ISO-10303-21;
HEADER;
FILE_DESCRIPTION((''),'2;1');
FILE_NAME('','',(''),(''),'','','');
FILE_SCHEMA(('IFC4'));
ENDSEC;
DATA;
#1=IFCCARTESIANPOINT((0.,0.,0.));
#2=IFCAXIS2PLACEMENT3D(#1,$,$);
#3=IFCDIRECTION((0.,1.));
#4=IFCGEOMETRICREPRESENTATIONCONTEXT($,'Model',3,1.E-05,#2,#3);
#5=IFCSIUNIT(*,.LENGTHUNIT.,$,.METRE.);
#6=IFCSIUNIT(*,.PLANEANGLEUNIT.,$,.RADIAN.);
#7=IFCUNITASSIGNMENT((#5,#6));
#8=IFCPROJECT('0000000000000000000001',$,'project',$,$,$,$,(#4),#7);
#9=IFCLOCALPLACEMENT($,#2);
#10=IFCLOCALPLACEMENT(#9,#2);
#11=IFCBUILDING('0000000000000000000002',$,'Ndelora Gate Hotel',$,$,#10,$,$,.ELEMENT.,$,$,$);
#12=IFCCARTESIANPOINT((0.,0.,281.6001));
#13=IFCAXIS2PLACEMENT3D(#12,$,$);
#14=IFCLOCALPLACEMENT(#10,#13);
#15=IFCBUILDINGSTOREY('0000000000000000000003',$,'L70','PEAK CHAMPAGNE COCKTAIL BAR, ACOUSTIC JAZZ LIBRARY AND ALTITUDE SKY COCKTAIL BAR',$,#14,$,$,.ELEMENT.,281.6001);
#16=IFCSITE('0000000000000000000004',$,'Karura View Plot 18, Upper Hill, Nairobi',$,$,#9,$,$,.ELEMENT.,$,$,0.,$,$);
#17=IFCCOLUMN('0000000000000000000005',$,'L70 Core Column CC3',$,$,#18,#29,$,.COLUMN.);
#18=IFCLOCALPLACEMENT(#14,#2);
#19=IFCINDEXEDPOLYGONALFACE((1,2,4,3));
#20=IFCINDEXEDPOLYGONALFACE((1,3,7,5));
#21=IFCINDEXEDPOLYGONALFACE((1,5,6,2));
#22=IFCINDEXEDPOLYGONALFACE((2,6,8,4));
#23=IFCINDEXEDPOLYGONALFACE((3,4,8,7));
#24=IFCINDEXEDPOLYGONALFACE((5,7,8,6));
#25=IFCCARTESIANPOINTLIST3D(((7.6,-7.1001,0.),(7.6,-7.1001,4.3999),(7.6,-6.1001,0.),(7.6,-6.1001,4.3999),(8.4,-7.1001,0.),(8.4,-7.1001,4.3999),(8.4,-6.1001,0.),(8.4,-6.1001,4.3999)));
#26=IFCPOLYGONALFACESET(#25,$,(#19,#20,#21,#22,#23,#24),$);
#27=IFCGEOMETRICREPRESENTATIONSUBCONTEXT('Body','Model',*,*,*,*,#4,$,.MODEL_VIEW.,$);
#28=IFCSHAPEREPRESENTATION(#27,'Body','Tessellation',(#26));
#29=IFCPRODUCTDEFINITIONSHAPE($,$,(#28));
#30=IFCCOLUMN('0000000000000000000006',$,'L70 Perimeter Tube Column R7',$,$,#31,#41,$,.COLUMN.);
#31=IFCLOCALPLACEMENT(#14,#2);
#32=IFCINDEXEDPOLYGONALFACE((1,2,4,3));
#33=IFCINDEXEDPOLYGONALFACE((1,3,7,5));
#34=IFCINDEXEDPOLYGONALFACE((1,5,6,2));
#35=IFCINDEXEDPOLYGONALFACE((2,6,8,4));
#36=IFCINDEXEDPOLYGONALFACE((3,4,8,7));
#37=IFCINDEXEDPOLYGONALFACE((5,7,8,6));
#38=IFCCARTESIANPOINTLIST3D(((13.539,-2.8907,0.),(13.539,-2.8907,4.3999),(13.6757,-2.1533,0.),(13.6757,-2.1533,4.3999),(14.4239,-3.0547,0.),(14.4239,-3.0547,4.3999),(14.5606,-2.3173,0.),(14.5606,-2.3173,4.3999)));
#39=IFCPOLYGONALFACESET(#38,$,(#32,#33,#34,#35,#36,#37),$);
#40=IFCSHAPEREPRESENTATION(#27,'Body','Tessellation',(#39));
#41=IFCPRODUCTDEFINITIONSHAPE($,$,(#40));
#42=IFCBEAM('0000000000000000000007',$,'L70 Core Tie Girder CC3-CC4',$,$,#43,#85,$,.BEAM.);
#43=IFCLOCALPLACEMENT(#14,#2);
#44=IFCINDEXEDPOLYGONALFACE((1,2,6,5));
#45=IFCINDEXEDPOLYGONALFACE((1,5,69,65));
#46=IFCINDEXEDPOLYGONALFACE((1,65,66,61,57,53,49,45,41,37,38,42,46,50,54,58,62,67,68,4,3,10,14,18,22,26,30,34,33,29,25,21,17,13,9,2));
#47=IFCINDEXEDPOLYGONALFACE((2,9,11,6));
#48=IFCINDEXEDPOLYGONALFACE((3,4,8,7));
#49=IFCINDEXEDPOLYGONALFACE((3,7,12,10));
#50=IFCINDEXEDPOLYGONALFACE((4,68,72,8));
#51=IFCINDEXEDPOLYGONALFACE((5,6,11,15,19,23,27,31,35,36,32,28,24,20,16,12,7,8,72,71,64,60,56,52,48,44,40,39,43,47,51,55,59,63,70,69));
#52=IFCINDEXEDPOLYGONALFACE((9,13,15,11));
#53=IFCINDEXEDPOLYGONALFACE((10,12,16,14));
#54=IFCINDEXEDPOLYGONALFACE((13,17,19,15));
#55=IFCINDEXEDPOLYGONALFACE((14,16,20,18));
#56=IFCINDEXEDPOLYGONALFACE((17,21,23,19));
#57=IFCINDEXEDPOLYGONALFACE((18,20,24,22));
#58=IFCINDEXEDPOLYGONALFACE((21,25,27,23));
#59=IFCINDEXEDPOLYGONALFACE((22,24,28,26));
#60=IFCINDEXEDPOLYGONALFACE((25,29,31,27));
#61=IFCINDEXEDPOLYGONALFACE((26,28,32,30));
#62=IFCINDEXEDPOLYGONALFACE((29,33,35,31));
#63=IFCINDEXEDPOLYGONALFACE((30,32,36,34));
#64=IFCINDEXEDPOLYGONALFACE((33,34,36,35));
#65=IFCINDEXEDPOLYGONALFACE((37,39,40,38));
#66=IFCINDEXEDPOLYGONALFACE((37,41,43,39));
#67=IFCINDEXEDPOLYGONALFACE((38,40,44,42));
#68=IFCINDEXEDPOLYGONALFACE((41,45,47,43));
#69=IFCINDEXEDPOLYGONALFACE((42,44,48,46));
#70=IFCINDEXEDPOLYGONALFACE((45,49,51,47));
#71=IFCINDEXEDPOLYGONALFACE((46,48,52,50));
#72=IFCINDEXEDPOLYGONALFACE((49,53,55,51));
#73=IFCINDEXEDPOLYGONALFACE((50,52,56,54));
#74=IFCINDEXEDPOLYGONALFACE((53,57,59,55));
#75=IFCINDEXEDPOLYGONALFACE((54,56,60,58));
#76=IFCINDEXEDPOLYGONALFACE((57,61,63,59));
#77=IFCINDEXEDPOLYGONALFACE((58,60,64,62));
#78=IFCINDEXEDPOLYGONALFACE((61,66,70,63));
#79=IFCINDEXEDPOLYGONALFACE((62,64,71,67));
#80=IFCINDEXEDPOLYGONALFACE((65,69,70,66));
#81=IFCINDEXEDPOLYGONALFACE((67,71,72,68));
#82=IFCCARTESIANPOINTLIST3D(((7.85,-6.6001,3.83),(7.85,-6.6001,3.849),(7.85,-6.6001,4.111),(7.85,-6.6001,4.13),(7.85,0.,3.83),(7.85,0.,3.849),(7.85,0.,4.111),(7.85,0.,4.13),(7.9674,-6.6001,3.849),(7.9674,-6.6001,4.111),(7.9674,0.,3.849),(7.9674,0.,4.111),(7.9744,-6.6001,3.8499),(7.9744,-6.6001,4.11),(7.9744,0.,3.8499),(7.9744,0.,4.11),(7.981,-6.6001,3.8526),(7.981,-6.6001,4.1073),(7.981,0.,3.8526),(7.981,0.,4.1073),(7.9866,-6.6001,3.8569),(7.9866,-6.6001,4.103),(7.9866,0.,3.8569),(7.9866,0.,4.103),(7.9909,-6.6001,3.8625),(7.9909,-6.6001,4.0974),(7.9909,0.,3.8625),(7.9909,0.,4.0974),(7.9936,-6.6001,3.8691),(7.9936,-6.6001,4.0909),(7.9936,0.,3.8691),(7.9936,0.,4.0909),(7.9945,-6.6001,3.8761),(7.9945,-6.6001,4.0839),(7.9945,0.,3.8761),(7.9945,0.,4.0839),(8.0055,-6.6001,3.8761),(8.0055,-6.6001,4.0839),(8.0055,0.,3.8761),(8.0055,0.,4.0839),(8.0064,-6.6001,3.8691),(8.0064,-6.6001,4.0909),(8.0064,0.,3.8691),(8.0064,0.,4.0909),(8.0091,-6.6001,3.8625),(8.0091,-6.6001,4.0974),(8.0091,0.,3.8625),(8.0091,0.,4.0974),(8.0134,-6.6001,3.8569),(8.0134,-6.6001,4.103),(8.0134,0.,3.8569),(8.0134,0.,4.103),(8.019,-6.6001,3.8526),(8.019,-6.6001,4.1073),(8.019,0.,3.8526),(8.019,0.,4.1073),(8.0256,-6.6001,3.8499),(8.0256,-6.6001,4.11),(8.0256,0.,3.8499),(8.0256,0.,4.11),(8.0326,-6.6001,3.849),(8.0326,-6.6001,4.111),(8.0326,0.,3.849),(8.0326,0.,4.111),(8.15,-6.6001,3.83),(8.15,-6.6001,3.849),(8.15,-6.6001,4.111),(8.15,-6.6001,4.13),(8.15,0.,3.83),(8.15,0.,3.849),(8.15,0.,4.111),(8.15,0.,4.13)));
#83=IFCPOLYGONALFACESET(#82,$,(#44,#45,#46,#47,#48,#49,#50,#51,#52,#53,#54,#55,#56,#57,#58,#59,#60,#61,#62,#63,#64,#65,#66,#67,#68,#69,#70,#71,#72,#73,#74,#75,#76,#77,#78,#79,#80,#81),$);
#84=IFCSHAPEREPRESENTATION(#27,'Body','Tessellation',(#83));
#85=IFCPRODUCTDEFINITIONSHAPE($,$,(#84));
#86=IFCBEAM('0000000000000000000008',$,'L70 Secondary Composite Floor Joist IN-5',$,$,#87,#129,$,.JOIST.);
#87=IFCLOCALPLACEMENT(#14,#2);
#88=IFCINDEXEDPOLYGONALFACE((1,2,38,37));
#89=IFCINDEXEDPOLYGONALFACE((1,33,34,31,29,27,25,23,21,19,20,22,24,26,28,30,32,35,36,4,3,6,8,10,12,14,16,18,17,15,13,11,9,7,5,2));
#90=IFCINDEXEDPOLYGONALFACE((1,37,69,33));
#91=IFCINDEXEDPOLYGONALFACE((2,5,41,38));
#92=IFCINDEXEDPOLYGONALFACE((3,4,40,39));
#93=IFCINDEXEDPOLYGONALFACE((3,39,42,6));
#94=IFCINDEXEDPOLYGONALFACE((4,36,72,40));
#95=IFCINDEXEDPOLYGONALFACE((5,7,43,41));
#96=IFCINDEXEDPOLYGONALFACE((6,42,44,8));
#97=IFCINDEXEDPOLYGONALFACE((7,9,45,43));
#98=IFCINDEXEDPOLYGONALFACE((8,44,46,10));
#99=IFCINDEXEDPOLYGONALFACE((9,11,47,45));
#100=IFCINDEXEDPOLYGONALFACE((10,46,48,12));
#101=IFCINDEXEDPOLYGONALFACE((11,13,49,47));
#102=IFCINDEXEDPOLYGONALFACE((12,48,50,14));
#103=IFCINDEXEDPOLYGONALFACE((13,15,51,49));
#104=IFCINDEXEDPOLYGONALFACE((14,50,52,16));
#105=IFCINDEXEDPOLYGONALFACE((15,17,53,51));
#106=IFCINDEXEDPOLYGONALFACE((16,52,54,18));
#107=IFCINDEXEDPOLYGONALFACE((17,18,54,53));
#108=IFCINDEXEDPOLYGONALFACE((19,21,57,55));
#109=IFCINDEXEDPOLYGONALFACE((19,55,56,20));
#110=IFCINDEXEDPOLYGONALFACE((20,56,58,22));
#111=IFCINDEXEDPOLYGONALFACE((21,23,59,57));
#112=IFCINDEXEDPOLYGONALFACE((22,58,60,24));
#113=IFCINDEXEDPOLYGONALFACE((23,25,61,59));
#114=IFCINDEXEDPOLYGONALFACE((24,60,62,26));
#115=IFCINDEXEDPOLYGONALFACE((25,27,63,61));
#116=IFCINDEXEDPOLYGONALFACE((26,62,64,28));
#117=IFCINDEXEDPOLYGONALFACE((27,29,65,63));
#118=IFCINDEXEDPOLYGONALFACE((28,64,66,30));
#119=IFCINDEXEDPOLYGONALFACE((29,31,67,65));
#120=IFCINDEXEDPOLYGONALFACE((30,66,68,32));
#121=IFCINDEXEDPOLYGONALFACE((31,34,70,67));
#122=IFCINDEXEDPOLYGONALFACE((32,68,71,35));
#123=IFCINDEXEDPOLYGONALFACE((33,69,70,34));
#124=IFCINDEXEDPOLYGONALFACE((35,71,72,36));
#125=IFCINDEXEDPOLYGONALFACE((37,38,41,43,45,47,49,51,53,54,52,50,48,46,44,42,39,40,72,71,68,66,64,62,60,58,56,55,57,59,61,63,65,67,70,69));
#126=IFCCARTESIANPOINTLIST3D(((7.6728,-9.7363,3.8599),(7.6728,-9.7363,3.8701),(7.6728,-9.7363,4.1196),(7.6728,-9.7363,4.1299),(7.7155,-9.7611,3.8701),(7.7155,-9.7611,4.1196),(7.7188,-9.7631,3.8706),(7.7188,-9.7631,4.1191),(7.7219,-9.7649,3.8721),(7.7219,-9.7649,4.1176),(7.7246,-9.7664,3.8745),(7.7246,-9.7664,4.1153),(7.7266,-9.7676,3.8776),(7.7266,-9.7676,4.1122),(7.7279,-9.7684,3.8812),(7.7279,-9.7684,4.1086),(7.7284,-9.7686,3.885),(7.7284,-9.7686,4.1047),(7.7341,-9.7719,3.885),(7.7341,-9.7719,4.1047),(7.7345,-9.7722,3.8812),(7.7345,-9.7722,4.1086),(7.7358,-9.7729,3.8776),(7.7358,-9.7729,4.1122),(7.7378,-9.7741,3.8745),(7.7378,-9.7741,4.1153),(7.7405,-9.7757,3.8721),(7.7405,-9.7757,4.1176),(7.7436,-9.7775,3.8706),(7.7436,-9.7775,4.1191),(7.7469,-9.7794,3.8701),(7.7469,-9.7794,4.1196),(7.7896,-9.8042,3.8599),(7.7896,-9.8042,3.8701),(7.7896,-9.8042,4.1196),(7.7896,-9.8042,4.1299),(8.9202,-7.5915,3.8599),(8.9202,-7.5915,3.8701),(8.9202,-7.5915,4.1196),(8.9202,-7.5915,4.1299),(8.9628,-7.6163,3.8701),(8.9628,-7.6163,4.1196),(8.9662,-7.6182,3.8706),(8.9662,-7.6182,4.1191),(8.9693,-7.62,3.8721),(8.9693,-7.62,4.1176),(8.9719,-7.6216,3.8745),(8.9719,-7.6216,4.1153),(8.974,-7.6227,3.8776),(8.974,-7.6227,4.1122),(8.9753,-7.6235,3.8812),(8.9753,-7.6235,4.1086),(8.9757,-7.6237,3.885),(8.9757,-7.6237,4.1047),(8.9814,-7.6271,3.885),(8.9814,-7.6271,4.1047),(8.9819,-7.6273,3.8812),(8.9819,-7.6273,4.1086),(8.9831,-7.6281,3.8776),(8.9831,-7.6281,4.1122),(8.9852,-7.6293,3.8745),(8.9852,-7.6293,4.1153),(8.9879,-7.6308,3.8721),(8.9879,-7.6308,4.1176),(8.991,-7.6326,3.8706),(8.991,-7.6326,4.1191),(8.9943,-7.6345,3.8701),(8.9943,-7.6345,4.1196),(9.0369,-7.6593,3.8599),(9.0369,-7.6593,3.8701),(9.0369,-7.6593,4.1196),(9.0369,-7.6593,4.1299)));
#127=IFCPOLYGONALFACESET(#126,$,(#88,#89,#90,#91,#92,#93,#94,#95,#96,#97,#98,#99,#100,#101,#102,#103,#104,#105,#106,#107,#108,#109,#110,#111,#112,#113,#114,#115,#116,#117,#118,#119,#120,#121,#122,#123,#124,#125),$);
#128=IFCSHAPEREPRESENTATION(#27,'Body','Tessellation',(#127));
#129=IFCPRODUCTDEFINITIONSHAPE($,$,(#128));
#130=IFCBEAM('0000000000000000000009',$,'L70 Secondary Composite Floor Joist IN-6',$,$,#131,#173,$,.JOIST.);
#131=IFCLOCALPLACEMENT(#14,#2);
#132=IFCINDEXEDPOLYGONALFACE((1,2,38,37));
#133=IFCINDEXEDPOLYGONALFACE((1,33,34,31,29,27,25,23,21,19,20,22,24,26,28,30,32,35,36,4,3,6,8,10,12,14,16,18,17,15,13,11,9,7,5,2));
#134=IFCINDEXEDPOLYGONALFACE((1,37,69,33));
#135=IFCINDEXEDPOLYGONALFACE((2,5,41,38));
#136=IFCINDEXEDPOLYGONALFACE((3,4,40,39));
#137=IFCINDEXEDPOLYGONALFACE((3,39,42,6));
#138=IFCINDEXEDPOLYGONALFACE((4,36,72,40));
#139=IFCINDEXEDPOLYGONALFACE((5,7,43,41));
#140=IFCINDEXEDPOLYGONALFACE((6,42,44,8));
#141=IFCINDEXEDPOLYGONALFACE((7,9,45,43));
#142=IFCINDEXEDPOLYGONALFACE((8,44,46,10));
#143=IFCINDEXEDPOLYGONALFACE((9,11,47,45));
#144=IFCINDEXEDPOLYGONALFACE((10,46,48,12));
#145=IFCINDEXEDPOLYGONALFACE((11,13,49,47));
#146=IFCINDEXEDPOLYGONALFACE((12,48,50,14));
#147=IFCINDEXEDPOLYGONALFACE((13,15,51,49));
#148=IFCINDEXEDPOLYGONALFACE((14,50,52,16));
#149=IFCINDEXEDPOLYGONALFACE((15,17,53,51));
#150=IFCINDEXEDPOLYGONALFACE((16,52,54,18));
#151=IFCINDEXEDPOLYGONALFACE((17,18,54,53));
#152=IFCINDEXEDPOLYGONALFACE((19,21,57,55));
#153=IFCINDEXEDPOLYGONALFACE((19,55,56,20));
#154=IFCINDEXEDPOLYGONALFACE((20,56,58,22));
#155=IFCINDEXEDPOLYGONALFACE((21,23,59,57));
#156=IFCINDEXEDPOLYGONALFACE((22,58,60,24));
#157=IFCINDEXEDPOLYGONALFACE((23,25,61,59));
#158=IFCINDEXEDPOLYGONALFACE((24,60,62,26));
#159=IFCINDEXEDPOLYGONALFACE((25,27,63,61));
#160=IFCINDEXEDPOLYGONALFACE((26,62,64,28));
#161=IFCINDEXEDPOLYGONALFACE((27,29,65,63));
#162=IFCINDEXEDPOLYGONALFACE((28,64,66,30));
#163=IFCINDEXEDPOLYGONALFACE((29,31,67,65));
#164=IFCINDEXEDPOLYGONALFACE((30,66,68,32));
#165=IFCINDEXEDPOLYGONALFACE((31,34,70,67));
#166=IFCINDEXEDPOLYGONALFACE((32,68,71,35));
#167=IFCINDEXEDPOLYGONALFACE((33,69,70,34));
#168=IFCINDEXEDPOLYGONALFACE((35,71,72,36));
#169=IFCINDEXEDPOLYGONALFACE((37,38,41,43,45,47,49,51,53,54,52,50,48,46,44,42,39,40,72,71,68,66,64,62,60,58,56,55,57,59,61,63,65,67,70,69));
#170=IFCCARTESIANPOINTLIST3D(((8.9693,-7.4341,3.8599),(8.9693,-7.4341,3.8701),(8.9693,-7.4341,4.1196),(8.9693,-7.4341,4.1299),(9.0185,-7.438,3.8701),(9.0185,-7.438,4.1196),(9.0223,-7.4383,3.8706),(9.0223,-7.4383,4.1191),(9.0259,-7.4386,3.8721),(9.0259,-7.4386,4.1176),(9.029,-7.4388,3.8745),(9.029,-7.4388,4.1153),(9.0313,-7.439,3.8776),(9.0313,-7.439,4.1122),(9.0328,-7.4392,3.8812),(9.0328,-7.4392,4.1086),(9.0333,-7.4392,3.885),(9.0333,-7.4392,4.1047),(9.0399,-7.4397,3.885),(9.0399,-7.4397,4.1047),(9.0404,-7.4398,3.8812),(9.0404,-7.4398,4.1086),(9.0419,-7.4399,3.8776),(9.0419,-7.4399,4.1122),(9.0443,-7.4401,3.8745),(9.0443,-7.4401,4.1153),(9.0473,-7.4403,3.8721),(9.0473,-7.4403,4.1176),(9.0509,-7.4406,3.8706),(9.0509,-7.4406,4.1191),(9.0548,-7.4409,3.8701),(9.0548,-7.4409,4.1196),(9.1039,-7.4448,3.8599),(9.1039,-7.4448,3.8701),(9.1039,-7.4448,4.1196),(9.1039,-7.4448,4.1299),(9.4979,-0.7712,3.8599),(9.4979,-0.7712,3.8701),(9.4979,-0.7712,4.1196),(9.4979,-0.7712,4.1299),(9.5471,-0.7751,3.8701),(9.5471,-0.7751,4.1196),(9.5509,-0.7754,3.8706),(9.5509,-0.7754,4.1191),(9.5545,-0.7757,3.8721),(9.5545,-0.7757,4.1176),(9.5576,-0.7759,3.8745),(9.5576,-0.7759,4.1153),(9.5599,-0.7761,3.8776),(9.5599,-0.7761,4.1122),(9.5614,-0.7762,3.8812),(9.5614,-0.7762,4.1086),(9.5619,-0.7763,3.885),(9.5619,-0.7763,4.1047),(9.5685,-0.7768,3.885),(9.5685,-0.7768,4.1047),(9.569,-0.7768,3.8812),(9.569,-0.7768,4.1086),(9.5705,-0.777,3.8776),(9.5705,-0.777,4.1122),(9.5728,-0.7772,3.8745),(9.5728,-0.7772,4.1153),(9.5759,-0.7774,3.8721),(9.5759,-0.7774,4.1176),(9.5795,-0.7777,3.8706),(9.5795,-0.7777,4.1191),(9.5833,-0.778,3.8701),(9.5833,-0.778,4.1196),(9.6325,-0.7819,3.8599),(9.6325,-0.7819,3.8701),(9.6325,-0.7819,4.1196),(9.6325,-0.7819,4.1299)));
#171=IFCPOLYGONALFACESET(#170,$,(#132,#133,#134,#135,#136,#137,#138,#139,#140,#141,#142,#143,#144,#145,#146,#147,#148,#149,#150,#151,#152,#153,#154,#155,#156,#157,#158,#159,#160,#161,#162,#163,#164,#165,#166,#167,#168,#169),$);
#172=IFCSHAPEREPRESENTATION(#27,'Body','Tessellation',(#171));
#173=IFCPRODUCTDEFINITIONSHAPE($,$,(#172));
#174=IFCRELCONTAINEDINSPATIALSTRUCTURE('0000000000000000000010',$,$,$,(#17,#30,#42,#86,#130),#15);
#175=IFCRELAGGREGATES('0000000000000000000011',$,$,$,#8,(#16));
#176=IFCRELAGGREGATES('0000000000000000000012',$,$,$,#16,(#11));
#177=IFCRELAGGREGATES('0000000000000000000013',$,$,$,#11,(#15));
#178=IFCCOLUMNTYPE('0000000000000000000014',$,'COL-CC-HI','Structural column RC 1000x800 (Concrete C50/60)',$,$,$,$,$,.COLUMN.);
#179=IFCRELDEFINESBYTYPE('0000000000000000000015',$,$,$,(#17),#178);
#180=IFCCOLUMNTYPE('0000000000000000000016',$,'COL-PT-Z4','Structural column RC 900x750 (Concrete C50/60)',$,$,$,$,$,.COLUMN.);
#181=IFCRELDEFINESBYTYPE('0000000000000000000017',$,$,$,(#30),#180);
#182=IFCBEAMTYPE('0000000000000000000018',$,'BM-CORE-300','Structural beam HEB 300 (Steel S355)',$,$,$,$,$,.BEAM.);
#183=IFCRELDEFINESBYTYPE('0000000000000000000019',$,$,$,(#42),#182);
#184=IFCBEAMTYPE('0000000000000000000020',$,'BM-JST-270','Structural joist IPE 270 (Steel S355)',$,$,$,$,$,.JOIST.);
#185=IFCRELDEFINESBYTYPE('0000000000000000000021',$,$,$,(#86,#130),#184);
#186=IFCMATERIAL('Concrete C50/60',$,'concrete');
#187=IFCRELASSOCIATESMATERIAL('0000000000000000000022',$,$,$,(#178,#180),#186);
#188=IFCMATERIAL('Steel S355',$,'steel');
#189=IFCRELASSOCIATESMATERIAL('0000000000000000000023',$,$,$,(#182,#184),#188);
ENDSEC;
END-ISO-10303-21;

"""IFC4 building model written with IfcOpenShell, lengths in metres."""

from ifc_helpers import new_model, si_unit, direction, frame, origin, origin_2d, place, context, subcontext, project, spatial, rectangle, i_section, extrude, material, material_profile, profile_set, type_object, element, save


model = new_model("IFC4")

# Units and contexts
model_context = context("Model", 3, precision=1e-05, world=origin(), true_north=direction((0.0, 1.0)))
body_context = subcontext(model_context, "Body", "Model", "MODEL_VIEW")
ifc_project = project(units=[si_unit("LENGTHUNIT", "METRE"), si_unit("PLANEANGLEUNIT", "RADIAN")], contexts=[model_context])

# Site, building, storey
site_placement = place(None, origin())
site = spatial("IfcSite", under=ifc_project, at=site_placement, Name="Karura View Plot 18, Upper Hill, Nairobi", CompositionType="ELEMENT", RefElevation=0.0)
building_placement = place(site_placement, origin())
building = spatial("IfcBuilding", under=site, at=building_placement, Name="Ndelora Gate Hotel", CompositionType="ELEMENT")
storey_placement = place(building_placement, frame((0.0, 0.0, 281.6001)))
storey = spatial("IfcBuildingStorey", under=building, at=storey_placement, Name="L70", Description="PEAK CHAMPAGNE COCKTAIL BAR, ACOUSTIC JAZZ LIBRARY AND ALTITUDE SKY COCKTAIL BAR", CompositionType="ELEMENT", Elevation=281.6001)

# Columns
ifc_material_1 = material(Name="Concrete C50/60", Category="concrete")
ifc_material_profile_1 = material_profile(ifc_material_1, rectangle(XDim=0.8, YDim=1.0, at=origin_2d()), Name="RC 1000x800")
ifc_profile_set_1 = profile_set([ifc_material_profile_1], Name="Concrete C50/60")
column_type_1 = type_object("IfcColumnType", Name="COL-CC-HI", Description="Structural column RC 1000x800 (Concrete C50/60)", PredefinedType="COLUMN", material=ifc_profile_set_1)
column_1_placement = place(storey_placement, frame((8.0, -6.6001, 0.0), z_axis=(0.0, 0.0, 1.0), x_axis=(1.0, 0.0, 0.0)))
element("IfcColumn", 1, at=column_1_placement, inside=storey, type_object=column_type_1, Name="L70 Core Column CC3", PredefinedType="COLUMN", context=body_context, shape_type="SweptSolid", body=[
    extrude(rectangle(XDim=0.8, YDim=1.0, at=origin_2d()), origin(), (0.0, 0.0, 1.0), 4.3999),
])
ifc_material_profile_2 = material_profile(ifc_material_1, rectangle(XDim=0.75, YDim=0.8999, at=origin_2d()), Name="RC 900x750")
ifc_profile_set_2 = profile_set([ifc_material_profile_2], Name="Concrete C50/60")
column_type_2 = type_object("IfcColumnType", Name="COL-PT-Z4", Description="Structural column RC 900x750 (Concrete C50/60)", PredefinedType="COLUMN", material=ifc_profile_set_2)
column_2_placement = place(storey_placement, frame((14.0498, -2.604, 0.0), z_axis=(0.0, 0.0, 1.0), x_axis=(0.182236, 0.983255, 0.0)))
element("IfcColumn", 2, at=column_2_placement, inside=storey, type_object=column_type_2, Name="L70 Perimeter Tube Column R7", PredefinedType="COLUMN", context=body_context, shape_type="SweptSolid", body=[
    extrude(rectangle(XDim=0.75, YDim=0.8999, at=origin_2d()), origin(), (0.0, 0.0, 1.0), 4.3999),
])

# Beams
ifc_material_2 = material(Name="Steel S355", Category="steel")
ifc_material_profile_3 = material_profile(ifc_material_2, i_section(OverallWidth=0.3, OverallDepth=0.3, WebThickness=0.011, FlangeThickness=0.019, FilletRadius=0.0271, at=origin_2d()), Name="HEB 300")
ifc_profile_set_3 = profile_set([ifc_material_profile_3], Name="Steel S355")
beam_type_1 = type_object("IfcBeamType", Name="BM-CORE-300", Description="Structural beam HEB 300 (Steel S355)", PredefinedType="BEAM", material=ifc_profile_set_3)
beam_1_placement = place(storey_placement, frame((8.0, -6.6001, 3.98), z_axis=(0.0, 1.0, 0.0), x_axis=(-1.0, 0.0, 0.0)))
element("IfcBeam", 3, at=beam_1_placement, inside=storey, type_object=beam_type_1, Name="L70 Core Tie Girder CC3-CC4", PredefinedType="BEAM", context=body_context, shape_type="SweptSolid", body=[
    extrude(i_section(OverallWidth=0.3, OverallDepth=0.3, WebThickness=0.011, FlangeThickness=0.019, FilletRadius=0.0271, at=origin_2d()), origin(), (0.0, 0.0, 1.0), 6.6001),
])
ifc_material_profile_4 = material_profile(ifc_material_2, i_section(OverallWidth=0.135, OverallDepth=0.27, WebThickness=0.0066, FlangeThickness=0.0103, FilletRadius=0.0149, at=origin_2d()), Name="IPE 270")
ifc_profile_set_4 = profile_set([ifc_material_profile_4], Name="Steel S355")
beam_type_2 = type_object("IfcBeamType", Name="BM-JST-270", Description="Structural joist IPE 270 (Steel S355)", PredefinedType="JOIST", material=ifc_profile_set_4)
beam_2_placement = place(storey_placement, frame((7.7312, -9.7703, 3.9949), z_axis=(0.502726, 0.864446, 0.0), x_axis=(-0.864446, 0.502726, 0.0)))
element("IfcBeam", 4, at=beam_2_placement, inside=storey, type_object=beam_type_2, Name="L70 Secondary Composite Floor Joist IN-5", PredefinedType="JOIST", context=body_context, shape_type="SweptSolid", body=[
    extrude(i_section(OverallWidth=0.135, OverallDepth=0.27, WebThickness=0.0066, FlangeThickness=0.0103, FilletRadius=0.0149, at=origin_2d()), origin(), (0.0, 0.0, 1.0), 2.4812),
])
beam_3_placement = place(storey_placement, frame((9.0366, -7.4395, 3.9949), z_axis=(0.079082, 0.996868, 0.0), x_axis=(-0.996868, 0.079082, 0.0)))
element("IfcBeam", 5, at=beam_3_placement, inside=storey, type_object=beam_type_2, Name="L70 Secondary Composite Floor Joist IN-6", PredefinedType="JOIST", context=body_context, shape_type="SweptSolid", body=[
    extrude(i_section(OverallWidth=0.135, OverallDepth=0.27, WebThickness=0.0066, FlangeThickness=0.0103, FilletRadius=0.0149, at=origin_2d()), origin(), (0.0, 0.0, 1.0), 6.6838),
])

save(model, "model.ifc")
